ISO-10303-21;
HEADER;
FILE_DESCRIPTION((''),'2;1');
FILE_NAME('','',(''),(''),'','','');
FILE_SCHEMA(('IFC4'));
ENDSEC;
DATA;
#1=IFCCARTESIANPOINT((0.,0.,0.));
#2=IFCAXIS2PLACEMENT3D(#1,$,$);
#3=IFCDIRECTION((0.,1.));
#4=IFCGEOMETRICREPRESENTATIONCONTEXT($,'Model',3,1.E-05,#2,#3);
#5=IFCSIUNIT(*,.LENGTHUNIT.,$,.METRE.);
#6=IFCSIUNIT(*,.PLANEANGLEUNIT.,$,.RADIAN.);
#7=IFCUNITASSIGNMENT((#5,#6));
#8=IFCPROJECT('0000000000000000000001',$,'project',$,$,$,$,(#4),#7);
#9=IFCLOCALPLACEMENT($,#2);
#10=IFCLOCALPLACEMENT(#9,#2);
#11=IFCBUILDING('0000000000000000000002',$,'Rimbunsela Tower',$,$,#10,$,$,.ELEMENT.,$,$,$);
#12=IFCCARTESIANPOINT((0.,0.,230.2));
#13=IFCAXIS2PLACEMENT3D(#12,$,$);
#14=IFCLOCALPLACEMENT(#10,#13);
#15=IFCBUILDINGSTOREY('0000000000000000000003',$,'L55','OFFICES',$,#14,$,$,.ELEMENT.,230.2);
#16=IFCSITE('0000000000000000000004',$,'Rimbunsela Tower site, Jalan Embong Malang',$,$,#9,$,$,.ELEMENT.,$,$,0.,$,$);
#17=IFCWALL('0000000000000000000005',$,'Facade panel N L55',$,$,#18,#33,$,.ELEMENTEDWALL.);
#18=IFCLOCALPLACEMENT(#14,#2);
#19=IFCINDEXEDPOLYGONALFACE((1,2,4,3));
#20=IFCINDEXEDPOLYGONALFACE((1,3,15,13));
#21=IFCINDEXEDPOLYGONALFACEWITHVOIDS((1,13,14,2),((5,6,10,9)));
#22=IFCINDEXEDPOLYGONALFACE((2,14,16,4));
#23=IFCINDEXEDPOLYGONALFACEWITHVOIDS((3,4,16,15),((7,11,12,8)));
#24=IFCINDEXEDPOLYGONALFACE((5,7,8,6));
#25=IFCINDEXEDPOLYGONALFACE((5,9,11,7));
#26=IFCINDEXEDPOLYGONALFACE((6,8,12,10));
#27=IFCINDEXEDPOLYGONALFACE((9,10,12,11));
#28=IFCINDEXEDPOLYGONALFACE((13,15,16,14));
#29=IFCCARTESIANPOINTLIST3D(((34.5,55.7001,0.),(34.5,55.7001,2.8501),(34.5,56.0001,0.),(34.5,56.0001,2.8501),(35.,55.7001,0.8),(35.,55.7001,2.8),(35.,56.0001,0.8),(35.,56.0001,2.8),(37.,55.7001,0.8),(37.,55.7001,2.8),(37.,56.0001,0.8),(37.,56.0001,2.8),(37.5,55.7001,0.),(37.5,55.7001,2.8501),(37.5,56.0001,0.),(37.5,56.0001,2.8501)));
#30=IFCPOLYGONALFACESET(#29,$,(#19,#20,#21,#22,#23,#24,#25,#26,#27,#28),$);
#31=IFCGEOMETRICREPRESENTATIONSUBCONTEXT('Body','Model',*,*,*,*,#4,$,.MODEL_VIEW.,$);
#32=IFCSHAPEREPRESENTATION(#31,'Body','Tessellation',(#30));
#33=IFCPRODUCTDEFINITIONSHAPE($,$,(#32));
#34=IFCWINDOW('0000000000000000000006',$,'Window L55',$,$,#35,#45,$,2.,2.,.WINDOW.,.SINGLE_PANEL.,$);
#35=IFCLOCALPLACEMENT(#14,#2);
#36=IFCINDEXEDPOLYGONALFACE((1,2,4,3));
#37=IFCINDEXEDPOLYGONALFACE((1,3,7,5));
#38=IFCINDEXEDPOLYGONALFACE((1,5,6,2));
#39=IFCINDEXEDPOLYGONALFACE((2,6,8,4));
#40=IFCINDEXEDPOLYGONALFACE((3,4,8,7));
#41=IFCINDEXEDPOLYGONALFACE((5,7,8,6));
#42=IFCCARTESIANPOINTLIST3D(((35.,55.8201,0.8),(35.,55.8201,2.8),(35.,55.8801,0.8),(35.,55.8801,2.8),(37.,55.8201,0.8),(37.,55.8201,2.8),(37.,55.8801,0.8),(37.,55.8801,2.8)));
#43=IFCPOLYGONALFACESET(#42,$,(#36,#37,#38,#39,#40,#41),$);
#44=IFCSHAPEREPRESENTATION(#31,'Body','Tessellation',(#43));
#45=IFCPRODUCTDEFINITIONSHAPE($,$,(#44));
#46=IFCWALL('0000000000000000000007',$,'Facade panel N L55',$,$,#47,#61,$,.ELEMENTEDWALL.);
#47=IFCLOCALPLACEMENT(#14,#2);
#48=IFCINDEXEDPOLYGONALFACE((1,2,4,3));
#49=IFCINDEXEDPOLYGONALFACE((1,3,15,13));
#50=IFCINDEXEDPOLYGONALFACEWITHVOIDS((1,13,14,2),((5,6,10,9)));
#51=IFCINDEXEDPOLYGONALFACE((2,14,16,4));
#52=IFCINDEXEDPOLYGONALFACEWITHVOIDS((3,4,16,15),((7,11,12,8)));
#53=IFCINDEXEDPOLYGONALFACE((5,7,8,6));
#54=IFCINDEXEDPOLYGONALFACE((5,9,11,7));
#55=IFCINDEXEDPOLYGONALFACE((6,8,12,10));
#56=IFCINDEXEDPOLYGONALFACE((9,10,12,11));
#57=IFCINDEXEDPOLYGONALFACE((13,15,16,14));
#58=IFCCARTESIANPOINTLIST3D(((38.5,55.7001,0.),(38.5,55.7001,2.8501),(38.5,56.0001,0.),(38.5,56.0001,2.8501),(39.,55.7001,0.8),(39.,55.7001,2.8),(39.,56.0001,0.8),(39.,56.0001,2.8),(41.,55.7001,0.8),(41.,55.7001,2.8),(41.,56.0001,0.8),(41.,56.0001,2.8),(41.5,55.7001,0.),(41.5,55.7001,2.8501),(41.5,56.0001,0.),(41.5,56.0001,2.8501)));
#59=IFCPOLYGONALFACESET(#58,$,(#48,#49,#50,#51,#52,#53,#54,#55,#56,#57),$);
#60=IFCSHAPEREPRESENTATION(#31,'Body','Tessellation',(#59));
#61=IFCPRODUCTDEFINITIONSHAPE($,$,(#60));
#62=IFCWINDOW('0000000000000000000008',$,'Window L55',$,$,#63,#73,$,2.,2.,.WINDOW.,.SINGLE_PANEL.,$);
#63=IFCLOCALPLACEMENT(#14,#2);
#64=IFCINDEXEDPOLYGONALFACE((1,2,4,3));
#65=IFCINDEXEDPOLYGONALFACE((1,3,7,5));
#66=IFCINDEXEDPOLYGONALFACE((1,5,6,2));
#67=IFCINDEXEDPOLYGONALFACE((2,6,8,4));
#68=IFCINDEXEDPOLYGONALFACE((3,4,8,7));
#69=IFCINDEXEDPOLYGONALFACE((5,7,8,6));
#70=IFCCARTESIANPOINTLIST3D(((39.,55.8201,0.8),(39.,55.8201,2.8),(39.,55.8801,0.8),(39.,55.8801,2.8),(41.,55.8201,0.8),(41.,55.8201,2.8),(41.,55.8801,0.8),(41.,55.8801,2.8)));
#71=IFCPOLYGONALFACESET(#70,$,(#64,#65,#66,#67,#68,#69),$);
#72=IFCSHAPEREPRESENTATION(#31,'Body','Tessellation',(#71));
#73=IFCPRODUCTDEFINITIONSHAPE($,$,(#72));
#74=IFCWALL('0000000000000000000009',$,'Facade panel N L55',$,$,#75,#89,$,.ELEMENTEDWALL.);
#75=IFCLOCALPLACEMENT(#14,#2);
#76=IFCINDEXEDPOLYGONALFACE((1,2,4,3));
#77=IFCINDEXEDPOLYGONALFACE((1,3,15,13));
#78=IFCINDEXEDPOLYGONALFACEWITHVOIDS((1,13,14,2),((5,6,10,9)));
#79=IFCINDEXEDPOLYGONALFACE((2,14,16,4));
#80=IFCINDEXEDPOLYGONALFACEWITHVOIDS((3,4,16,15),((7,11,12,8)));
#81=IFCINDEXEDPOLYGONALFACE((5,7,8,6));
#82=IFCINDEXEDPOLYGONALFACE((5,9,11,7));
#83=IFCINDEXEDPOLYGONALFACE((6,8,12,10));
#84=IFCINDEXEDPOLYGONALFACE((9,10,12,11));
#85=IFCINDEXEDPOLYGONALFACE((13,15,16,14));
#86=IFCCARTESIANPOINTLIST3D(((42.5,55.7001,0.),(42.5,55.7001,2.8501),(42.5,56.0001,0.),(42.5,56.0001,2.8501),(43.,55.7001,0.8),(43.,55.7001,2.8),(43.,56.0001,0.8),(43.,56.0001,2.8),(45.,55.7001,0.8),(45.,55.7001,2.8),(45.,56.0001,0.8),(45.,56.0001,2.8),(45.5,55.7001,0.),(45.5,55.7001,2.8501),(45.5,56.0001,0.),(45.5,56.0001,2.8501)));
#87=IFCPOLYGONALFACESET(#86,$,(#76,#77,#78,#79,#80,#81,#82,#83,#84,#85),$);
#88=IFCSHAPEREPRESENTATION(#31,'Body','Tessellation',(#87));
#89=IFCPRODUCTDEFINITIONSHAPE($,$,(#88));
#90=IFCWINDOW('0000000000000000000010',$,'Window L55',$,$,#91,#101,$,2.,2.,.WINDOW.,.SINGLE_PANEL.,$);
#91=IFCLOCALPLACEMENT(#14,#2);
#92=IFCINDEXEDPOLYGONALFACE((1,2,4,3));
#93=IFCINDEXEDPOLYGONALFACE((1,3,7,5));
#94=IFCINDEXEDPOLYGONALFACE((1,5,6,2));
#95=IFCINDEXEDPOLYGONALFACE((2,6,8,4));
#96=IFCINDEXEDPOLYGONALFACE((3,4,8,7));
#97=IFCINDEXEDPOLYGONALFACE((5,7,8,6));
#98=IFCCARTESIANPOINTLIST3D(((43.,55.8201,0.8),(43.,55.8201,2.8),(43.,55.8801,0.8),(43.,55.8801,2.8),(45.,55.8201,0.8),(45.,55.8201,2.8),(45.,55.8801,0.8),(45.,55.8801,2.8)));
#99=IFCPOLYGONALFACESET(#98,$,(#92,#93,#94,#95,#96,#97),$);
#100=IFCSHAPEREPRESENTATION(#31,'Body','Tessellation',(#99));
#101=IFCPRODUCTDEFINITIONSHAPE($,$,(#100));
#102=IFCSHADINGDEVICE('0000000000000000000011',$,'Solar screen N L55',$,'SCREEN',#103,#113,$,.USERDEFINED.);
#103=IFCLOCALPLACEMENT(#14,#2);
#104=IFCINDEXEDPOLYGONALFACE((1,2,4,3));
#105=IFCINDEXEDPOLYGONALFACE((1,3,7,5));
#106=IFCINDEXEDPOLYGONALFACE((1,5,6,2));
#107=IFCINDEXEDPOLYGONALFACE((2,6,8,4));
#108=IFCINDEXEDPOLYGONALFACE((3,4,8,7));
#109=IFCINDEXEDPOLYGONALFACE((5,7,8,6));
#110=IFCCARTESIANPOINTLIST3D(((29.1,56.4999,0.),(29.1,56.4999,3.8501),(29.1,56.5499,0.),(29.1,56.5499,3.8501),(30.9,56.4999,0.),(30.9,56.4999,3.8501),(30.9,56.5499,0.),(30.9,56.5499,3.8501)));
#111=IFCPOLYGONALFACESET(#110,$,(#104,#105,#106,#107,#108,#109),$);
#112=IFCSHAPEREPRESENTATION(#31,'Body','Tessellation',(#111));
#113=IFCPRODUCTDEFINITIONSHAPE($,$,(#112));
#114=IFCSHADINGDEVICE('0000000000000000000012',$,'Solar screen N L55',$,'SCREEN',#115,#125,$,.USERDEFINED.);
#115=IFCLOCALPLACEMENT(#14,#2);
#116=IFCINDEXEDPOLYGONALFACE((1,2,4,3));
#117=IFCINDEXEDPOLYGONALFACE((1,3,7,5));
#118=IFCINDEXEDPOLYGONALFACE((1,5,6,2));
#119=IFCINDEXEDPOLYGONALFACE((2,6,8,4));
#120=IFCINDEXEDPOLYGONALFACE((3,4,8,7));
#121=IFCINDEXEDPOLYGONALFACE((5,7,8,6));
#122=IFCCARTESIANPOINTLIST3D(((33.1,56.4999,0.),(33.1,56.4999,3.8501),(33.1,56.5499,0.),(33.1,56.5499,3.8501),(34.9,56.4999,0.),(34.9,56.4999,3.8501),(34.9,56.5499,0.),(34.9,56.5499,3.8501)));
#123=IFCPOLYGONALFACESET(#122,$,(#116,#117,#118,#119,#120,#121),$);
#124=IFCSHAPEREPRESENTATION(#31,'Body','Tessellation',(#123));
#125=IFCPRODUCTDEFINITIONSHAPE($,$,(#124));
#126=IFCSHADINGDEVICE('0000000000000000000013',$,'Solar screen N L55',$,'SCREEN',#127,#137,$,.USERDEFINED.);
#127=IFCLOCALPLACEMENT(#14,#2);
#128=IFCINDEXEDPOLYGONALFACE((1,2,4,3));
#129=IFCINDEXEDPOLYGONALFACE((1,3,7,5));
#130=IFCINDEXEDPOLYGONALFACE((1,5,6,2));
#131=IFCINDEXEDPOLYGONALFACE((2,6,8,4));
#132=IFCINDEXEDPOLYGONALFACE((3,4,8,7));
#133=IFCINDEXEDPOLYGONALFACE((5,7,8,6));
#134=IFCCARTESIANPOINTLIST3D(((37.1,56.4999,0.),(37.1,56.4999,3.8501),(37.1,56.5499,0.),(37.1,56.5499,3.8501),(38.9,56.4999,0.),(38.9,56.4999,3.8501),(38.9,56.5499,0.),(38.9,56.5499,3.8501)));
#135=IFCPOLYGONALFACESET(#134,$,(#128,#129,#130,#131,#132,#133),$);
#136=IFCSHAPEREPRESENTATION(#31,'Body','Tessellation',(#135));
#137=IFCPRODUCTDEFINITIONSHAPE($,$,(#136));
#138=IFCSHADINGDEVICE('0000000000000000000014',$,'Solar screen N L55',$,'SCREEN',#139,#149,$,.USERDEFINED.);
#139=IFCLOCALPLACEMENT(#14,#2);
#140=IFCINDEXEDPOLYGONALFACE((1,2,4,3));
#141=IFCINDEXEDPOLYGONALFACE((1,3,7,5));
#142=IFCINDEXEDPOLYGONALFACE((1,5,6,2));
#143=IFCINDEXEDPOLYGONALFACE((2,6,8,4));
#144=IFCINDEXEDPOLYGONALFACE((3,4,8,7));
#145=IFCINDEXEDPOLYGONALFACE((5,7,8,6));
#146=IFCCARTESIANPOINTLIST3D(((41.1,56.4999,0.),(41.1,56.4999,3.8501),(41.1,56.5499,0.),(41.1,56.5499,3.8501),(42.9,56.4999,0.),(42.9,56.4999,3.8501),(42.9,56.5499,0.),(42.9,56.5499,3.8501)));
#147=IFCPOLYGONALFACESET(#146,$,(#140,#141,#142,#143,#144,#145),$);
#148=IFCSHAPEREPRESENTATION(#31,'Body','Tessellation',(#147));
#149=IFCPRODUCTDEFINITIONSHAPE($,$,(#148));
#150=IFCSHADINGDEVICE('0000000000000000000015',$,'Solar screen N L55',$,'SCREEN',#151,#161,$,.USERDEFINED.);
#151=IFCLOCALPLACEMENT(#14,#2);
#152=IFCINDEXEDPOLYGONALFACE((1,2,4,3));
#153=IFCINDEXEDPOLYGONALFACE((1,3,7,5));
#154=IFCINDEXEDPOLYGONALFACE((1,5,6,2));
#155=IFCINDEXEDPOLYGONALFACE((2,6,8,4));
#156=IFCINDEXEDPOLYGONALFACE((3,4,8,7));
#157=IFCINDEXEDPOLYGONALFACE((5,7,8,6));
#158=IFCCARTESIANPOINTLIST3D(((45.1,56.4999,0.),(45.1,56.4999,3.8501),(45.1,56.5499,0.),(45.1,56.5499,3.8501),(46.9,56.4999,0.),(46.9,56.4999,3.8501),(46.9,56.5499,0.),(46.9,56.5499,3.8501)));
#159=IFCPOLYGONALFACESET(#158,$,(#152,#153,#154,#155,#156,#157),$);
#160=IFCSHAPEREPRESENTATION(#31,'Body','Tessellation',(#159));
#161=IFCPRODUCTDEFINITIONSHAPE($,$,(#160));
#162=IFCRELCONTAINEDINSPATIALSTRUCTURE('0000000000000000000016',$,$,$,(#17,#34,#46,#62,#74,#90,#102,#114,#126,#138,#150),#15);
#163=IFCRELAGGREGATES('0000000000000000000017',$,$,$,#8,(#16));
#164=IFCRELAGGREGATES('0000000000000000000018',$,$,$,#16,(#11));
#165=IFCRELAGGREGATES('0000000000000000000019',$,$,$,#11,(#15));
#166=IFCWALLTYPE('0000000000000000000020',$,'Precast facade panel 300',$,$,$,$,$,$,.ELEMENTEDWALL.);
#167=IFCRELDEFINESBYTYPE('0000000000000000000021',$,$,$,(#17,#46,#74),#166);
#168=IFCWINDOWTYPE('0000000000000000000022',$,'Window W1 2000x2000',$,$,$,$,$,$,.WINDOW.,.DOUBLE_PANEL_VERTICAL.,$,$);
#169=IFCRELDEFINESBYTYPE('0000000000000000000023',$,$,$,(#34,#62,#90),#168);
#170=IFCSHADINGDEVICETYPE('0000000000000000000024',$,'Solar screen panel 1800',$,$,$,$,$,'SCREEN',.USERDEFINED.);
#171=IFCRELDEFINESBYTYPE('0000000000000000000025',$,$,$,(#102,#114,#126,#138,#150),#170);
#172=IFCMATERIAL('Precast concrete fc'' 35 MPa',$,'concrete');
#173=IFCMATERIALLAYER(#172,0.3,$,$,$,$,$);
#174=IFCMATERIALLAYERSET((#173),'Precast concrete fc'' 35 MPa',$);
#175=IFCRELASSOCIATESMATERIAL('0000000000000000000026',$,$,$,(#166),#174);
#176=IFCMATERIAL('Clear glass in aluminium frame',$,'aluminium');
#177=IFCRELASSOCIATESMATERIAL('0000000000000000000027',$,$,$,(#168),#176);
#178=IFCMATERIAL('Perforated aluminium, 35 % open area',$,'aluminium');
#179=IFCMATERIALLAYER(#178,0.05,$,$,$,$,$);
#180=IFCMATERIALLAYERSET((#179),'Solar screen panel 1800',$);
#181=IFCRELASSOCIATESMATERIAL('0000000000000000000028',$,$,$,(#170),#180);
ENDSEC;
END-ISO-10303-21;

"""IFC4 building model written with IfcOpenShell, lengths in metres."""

from ifc_helpers import new_model, si_unit, direction, frame, frame_2d, origin, origin_2d, place, context, subcontext, project, spatial, rectangle, extrude, material, layer, layer_set, type_object, element, fill, save


model = new_model("IFC4")

# Units and contexts
model_context = context("Model", 3, precision=1e-05, world=origin(), true_north=direction((0.0, 1.0)))
body_context = subcontext(model_context, "Body", "Model", "MODEL_VIEW")
ifc_project = project(units=[si_unit("LENGTHUNIT", "METRE"), si_unit("PLANEANGLEUNIT", "RADIAN")], contexts=[model_context])

# Site, building, storey
site_placement = place(None, origin())
site = spatial("IfcSite", under=ifc_project, at=site_placement, Name="Rimbunsela Tower site, Jalan Embong Malang", CompositionType="ELEMENT", RefElevation=0.0)
building_placement = place(site_placement, origin())
building = spatial("IfcBuilding", under=site, at=building_placement, Name="Rimbunsela Tower", CompositionType="ELEMENT")
storey_placement = place(building_placement, frame((0.0, 0.0, 230.2)))
storey = spatial("IfcBuildingStorey", under=building, at=storey_placement, Name="L55", Description="OFFICES", CompositionType="ELEMENT", Elevation=230.2)

# Walls, openings, windows
ifc_material_1 = material(Name="Precast concrete fc' 35 MPa", Category="concrete")
ifc_layer_1 = layer(ifc_material_1, 0.3)
ifc_layer_set_1 = layer_set([ifc_layer_1], Name="Precast concrete fc' 35 MPa")
wall_type_1 = type_object("IfcWallType", Name="Precast facade panel 300", PredefinedType="ELEMENTEDWALL", material=ifc_layer_set_1)
ifc_material_2 = material(Name="Clear glass in aluminium frame", Category="aluminium")
window_type = type_object("IfcWindowType", Name="Window W1 2000x2000", PartitioningType="DOUBLE_PANEL_VERTICAL", PredefinedType="WINDOW", material=ifc_material_2)
wall_1_placement = place(storey_placement, frame((37.5, 55.8501, 0.0), z_axis=(0.0, 0.0, 1.0), x_axis=(-1.0, 0.0, 0.0)))
wall_1 = element("IfcWall", 1, at=wall_1_placement, inside=storey, type_object=wall_type_1, Name="Facade panel N L55", PredefinedType="ELEMENTEDWALL", context=body_context, shape_type="SweptSolid", body=[
    extrude(rectangle(XDim=3.0, YDim=0.3, at=frame_2d((1.5, 0.0))), origin(), (0.0, 0.0, 1.0), 2.8501),
])
opening_1_placement = place(wall_1_placement, frame((0.5, 0.0, 0.8)))
opening_1 = element("IfcOpeningElement", 2, at=opening_1_placement, cuts=wall_1, PredefinedType="OPENING", context=body_context, shape_type="SweptSolid", body=[
    extrude(rectangle(XDim=2.0, YDim=2.0, at=frame_2d((1.0, 1.0))), frame((0.0, 0.1599, 0.0), z_axis=(0.0, -1.0, 0.0), x_axis=(1.0, 0.0, 0.0)), (0.0, 0.0, 1.0), 0.3201),
])
window_1_placement = place(opening_1_placement, origin())
window_1 = element("IfcWindow", 3, at=window_1_placement, inside=storey, type_object=window_type, Name="Window L55", OverallHeight=2.0, OverallWidth=2.0, PartitioningType="SINGLE_PANEL", PredefinedType="WINDOW", context=body_context, shape_type="SweptSolid", body=[
    extrude(rectangle(XDim=2.0, YDim=2.0, at=frame_2d((1.0, 1.0))), frame((0.0, 0.03, 0.0), z_axis=(0.0, -1.0, 0.0), x_axis=(1.0, 0.0, 0.0)), (0.0, 0.0, 1.0), 0.0601),
])
fill(opening_1, window_1)
wall_2_placement = place(storey_placement, frame((41.5, 55.8501, 0.0), z_axis=(0.0, 0.0, 1.0), x_axis=(-1.0, 0.0, 0.0)))
wall_2 = element("IfcWall", 4, at=wall_2_placement, inside=storey, type_object=wall_type_1, Name="Facade panel N L55", PredefinedType="ELEMENTEDWALL", context=body_context, shape_type="SweptSolid", body=[
    extrude(rectangle(XDim=3.0, YDim=0.3, at=frame_2d((1.5, 0.0))), origin(), (0.0, 0.0, 1.0), 2.8501),
])
opening_2_placement = place(wall_2_placement, frame((0.5, 0.0, 0.8)))
opening_2 = element("IfcOpeningElement", 5, at=opening_2_placement, cuts=wall_2, PredefinedType="OPENING", context=body_context, shape_type="SweptSolid", body=[
    extrude(rectangle(XDim=2.0, YDim=2.0, at=frame_2d((1.0, 1.0))), frame((0.0, 0.1599, 0.0), z_axis=(0.0, -1.0, 0.0), x_axis=(1.0, 0.0, 0.0)), (0.0, 0.0, 1.0), 0.3201),
])
window_2_placement = place(opening_2_placement, origin())
window_2 = element("IfcWindow", 6, at=window_2_placement, inside=storey, type_object=window_type, Name="Window L55", OverallHeight=2.0, OverallWidth=2.0, PartitioningType="SINGLE_PANEL", PredefinedType="WINDOW", context=body_context, shape_type="SweptSolid", body=[
    extrude(rectangle(XDim=2.0, YDim=2.0, at=frame_2d((1.0, 1.0))), frame((0.0, 0.03, 0.0), z_axis=(0.0, -1.0, 0.0), x_axis=(1.0, 0.0, 0.0)), (0.0, 0.0, 1.0), 0.0601),
])
fill(opening_2, window_2)
wall_3_placement = place(storey_placement, frame((45.5, 55.8501, 0.0), z_axis=(0.0, 0.0, 1.0), x_axis=(-1.0, 0.0, 0.0)))
wall_3 = element("IfcWall", 7, at=wall_3_placement, inside=storey, type_object=wall_type_1, Name="Facade panel N L55", PredefinedType="ELEMENTEDWALL", context=body_context, shape_type="SweptSolid", body=[
    extrude(rectangle(XDim=3.0, YDim=0.3, at=frame_2d((1.5, 0.0))), origin(), (0.0, 0.0, 1.0), 2.8501),
])
opening_3_placement = place(wall_3_placement, frame((0.5, 0.0, 0.8)))
opening_3 = element("IfcOpeningElement", 8, at=opening_3_placement, cuts=wall_3, PredefinedType="OPENING", context=body_context, shape_type="SweptSolid", body=[
    extrude(rectangle(XDim=2.0, YDim=2.0, at=frame_2d((1.0, 1.0))), frame((0.0, 0.1599, 0.0), z_axis=(0.0, -1.0, 0.0), x_axis=(1.0, 0.0, 0.0)), (0.0, 0.0, 1.0), 0.3201),
])
window_3_placement = place(opening_3_placement, origin())
window_3 = element("IfcWindow", 9, at=window_3_placement, inside=storey, type_object=window_type, Name="Window L55", OverallHeight=2.0, OverallWidth=2.0, PartitioningType="SINGLE_PANEL", PredefinedType="WINDOW", context=body_context, shape_type="SweptSolid", body=[
    extrude(rectangle(XDim=2.0, YDim=2.0, at=frame_2d((1.0, 1.0))), frame((0.0, 0.03, 0.0), z_axis=(0.0, -1.0, 0.0), x_axis=(1.0, 0.0, 0.0)), (0.0, 0.0, 1.0), 0.0601),
])
fill(opening_3, window_3)

# Shading devices
ifc_material_3 = material(Name="Perforated aluminium, 35 % open area", Category="aluminium")
ifc_layer_2 = layer(ifc_material_3, 0.05)
ifc_layer_set_2 = layer_set([ifc_layer_2], Name="Solar screen panel 1800")
shading_device_type = type_object("IfcShadingDeviceType", Name="Solar screen panel 1800", ElementType="SCREEN", PredefinedType="USERDEFINED", material=ifc_layer_set_2)
for number, where, z_axis, x_axis, name in (
    (10, (30.0, 56.5249, 0.0), (0.0, 0.0, 1.0), (1.0, 0.0, 0.0), "Solar screen N L55"),
    (11, (34.0, 56.5249, 0.0), (0.0, 0.0, 1.0), (1.0, 0.0, 0.0), "Solar screen N L55"),
    (12, (38.0, 56.5249, 0.0), (0.0, 0.0, 1.0), (1.0, 0.0, 0.0), "Solar screen N L55"),
    (13, (42.0, 56.5249, 0.0), (0.0, 0.0, 1.0), (1.0, 0.0, 0.0), "Solar screen N L55"),
    (14, (46.0, 56.5249, 0.0), (0.0, 0.0, 1.0), (1.0, 0.0, 0.0), "Solar screen N L55"),
):
    element("IfcShadingDevice", number, at=place(storey_placement, frame(where, z_axis=z_axis, x_axis=x_axis)), inside=storey, type_object=shading_device_type, Name=name, ObjectType="SCREEN", PredefinedType="USERDEFINED", context=body_context, shape_type="SweptSolid", body=[
        extrude(rectangle(XDim=1.8, YDim=0.05, at=origin_2d()), origin(), (0.0, 0.0, 1.0), 3.8501),
    ])

save(model, "model.ifc")
